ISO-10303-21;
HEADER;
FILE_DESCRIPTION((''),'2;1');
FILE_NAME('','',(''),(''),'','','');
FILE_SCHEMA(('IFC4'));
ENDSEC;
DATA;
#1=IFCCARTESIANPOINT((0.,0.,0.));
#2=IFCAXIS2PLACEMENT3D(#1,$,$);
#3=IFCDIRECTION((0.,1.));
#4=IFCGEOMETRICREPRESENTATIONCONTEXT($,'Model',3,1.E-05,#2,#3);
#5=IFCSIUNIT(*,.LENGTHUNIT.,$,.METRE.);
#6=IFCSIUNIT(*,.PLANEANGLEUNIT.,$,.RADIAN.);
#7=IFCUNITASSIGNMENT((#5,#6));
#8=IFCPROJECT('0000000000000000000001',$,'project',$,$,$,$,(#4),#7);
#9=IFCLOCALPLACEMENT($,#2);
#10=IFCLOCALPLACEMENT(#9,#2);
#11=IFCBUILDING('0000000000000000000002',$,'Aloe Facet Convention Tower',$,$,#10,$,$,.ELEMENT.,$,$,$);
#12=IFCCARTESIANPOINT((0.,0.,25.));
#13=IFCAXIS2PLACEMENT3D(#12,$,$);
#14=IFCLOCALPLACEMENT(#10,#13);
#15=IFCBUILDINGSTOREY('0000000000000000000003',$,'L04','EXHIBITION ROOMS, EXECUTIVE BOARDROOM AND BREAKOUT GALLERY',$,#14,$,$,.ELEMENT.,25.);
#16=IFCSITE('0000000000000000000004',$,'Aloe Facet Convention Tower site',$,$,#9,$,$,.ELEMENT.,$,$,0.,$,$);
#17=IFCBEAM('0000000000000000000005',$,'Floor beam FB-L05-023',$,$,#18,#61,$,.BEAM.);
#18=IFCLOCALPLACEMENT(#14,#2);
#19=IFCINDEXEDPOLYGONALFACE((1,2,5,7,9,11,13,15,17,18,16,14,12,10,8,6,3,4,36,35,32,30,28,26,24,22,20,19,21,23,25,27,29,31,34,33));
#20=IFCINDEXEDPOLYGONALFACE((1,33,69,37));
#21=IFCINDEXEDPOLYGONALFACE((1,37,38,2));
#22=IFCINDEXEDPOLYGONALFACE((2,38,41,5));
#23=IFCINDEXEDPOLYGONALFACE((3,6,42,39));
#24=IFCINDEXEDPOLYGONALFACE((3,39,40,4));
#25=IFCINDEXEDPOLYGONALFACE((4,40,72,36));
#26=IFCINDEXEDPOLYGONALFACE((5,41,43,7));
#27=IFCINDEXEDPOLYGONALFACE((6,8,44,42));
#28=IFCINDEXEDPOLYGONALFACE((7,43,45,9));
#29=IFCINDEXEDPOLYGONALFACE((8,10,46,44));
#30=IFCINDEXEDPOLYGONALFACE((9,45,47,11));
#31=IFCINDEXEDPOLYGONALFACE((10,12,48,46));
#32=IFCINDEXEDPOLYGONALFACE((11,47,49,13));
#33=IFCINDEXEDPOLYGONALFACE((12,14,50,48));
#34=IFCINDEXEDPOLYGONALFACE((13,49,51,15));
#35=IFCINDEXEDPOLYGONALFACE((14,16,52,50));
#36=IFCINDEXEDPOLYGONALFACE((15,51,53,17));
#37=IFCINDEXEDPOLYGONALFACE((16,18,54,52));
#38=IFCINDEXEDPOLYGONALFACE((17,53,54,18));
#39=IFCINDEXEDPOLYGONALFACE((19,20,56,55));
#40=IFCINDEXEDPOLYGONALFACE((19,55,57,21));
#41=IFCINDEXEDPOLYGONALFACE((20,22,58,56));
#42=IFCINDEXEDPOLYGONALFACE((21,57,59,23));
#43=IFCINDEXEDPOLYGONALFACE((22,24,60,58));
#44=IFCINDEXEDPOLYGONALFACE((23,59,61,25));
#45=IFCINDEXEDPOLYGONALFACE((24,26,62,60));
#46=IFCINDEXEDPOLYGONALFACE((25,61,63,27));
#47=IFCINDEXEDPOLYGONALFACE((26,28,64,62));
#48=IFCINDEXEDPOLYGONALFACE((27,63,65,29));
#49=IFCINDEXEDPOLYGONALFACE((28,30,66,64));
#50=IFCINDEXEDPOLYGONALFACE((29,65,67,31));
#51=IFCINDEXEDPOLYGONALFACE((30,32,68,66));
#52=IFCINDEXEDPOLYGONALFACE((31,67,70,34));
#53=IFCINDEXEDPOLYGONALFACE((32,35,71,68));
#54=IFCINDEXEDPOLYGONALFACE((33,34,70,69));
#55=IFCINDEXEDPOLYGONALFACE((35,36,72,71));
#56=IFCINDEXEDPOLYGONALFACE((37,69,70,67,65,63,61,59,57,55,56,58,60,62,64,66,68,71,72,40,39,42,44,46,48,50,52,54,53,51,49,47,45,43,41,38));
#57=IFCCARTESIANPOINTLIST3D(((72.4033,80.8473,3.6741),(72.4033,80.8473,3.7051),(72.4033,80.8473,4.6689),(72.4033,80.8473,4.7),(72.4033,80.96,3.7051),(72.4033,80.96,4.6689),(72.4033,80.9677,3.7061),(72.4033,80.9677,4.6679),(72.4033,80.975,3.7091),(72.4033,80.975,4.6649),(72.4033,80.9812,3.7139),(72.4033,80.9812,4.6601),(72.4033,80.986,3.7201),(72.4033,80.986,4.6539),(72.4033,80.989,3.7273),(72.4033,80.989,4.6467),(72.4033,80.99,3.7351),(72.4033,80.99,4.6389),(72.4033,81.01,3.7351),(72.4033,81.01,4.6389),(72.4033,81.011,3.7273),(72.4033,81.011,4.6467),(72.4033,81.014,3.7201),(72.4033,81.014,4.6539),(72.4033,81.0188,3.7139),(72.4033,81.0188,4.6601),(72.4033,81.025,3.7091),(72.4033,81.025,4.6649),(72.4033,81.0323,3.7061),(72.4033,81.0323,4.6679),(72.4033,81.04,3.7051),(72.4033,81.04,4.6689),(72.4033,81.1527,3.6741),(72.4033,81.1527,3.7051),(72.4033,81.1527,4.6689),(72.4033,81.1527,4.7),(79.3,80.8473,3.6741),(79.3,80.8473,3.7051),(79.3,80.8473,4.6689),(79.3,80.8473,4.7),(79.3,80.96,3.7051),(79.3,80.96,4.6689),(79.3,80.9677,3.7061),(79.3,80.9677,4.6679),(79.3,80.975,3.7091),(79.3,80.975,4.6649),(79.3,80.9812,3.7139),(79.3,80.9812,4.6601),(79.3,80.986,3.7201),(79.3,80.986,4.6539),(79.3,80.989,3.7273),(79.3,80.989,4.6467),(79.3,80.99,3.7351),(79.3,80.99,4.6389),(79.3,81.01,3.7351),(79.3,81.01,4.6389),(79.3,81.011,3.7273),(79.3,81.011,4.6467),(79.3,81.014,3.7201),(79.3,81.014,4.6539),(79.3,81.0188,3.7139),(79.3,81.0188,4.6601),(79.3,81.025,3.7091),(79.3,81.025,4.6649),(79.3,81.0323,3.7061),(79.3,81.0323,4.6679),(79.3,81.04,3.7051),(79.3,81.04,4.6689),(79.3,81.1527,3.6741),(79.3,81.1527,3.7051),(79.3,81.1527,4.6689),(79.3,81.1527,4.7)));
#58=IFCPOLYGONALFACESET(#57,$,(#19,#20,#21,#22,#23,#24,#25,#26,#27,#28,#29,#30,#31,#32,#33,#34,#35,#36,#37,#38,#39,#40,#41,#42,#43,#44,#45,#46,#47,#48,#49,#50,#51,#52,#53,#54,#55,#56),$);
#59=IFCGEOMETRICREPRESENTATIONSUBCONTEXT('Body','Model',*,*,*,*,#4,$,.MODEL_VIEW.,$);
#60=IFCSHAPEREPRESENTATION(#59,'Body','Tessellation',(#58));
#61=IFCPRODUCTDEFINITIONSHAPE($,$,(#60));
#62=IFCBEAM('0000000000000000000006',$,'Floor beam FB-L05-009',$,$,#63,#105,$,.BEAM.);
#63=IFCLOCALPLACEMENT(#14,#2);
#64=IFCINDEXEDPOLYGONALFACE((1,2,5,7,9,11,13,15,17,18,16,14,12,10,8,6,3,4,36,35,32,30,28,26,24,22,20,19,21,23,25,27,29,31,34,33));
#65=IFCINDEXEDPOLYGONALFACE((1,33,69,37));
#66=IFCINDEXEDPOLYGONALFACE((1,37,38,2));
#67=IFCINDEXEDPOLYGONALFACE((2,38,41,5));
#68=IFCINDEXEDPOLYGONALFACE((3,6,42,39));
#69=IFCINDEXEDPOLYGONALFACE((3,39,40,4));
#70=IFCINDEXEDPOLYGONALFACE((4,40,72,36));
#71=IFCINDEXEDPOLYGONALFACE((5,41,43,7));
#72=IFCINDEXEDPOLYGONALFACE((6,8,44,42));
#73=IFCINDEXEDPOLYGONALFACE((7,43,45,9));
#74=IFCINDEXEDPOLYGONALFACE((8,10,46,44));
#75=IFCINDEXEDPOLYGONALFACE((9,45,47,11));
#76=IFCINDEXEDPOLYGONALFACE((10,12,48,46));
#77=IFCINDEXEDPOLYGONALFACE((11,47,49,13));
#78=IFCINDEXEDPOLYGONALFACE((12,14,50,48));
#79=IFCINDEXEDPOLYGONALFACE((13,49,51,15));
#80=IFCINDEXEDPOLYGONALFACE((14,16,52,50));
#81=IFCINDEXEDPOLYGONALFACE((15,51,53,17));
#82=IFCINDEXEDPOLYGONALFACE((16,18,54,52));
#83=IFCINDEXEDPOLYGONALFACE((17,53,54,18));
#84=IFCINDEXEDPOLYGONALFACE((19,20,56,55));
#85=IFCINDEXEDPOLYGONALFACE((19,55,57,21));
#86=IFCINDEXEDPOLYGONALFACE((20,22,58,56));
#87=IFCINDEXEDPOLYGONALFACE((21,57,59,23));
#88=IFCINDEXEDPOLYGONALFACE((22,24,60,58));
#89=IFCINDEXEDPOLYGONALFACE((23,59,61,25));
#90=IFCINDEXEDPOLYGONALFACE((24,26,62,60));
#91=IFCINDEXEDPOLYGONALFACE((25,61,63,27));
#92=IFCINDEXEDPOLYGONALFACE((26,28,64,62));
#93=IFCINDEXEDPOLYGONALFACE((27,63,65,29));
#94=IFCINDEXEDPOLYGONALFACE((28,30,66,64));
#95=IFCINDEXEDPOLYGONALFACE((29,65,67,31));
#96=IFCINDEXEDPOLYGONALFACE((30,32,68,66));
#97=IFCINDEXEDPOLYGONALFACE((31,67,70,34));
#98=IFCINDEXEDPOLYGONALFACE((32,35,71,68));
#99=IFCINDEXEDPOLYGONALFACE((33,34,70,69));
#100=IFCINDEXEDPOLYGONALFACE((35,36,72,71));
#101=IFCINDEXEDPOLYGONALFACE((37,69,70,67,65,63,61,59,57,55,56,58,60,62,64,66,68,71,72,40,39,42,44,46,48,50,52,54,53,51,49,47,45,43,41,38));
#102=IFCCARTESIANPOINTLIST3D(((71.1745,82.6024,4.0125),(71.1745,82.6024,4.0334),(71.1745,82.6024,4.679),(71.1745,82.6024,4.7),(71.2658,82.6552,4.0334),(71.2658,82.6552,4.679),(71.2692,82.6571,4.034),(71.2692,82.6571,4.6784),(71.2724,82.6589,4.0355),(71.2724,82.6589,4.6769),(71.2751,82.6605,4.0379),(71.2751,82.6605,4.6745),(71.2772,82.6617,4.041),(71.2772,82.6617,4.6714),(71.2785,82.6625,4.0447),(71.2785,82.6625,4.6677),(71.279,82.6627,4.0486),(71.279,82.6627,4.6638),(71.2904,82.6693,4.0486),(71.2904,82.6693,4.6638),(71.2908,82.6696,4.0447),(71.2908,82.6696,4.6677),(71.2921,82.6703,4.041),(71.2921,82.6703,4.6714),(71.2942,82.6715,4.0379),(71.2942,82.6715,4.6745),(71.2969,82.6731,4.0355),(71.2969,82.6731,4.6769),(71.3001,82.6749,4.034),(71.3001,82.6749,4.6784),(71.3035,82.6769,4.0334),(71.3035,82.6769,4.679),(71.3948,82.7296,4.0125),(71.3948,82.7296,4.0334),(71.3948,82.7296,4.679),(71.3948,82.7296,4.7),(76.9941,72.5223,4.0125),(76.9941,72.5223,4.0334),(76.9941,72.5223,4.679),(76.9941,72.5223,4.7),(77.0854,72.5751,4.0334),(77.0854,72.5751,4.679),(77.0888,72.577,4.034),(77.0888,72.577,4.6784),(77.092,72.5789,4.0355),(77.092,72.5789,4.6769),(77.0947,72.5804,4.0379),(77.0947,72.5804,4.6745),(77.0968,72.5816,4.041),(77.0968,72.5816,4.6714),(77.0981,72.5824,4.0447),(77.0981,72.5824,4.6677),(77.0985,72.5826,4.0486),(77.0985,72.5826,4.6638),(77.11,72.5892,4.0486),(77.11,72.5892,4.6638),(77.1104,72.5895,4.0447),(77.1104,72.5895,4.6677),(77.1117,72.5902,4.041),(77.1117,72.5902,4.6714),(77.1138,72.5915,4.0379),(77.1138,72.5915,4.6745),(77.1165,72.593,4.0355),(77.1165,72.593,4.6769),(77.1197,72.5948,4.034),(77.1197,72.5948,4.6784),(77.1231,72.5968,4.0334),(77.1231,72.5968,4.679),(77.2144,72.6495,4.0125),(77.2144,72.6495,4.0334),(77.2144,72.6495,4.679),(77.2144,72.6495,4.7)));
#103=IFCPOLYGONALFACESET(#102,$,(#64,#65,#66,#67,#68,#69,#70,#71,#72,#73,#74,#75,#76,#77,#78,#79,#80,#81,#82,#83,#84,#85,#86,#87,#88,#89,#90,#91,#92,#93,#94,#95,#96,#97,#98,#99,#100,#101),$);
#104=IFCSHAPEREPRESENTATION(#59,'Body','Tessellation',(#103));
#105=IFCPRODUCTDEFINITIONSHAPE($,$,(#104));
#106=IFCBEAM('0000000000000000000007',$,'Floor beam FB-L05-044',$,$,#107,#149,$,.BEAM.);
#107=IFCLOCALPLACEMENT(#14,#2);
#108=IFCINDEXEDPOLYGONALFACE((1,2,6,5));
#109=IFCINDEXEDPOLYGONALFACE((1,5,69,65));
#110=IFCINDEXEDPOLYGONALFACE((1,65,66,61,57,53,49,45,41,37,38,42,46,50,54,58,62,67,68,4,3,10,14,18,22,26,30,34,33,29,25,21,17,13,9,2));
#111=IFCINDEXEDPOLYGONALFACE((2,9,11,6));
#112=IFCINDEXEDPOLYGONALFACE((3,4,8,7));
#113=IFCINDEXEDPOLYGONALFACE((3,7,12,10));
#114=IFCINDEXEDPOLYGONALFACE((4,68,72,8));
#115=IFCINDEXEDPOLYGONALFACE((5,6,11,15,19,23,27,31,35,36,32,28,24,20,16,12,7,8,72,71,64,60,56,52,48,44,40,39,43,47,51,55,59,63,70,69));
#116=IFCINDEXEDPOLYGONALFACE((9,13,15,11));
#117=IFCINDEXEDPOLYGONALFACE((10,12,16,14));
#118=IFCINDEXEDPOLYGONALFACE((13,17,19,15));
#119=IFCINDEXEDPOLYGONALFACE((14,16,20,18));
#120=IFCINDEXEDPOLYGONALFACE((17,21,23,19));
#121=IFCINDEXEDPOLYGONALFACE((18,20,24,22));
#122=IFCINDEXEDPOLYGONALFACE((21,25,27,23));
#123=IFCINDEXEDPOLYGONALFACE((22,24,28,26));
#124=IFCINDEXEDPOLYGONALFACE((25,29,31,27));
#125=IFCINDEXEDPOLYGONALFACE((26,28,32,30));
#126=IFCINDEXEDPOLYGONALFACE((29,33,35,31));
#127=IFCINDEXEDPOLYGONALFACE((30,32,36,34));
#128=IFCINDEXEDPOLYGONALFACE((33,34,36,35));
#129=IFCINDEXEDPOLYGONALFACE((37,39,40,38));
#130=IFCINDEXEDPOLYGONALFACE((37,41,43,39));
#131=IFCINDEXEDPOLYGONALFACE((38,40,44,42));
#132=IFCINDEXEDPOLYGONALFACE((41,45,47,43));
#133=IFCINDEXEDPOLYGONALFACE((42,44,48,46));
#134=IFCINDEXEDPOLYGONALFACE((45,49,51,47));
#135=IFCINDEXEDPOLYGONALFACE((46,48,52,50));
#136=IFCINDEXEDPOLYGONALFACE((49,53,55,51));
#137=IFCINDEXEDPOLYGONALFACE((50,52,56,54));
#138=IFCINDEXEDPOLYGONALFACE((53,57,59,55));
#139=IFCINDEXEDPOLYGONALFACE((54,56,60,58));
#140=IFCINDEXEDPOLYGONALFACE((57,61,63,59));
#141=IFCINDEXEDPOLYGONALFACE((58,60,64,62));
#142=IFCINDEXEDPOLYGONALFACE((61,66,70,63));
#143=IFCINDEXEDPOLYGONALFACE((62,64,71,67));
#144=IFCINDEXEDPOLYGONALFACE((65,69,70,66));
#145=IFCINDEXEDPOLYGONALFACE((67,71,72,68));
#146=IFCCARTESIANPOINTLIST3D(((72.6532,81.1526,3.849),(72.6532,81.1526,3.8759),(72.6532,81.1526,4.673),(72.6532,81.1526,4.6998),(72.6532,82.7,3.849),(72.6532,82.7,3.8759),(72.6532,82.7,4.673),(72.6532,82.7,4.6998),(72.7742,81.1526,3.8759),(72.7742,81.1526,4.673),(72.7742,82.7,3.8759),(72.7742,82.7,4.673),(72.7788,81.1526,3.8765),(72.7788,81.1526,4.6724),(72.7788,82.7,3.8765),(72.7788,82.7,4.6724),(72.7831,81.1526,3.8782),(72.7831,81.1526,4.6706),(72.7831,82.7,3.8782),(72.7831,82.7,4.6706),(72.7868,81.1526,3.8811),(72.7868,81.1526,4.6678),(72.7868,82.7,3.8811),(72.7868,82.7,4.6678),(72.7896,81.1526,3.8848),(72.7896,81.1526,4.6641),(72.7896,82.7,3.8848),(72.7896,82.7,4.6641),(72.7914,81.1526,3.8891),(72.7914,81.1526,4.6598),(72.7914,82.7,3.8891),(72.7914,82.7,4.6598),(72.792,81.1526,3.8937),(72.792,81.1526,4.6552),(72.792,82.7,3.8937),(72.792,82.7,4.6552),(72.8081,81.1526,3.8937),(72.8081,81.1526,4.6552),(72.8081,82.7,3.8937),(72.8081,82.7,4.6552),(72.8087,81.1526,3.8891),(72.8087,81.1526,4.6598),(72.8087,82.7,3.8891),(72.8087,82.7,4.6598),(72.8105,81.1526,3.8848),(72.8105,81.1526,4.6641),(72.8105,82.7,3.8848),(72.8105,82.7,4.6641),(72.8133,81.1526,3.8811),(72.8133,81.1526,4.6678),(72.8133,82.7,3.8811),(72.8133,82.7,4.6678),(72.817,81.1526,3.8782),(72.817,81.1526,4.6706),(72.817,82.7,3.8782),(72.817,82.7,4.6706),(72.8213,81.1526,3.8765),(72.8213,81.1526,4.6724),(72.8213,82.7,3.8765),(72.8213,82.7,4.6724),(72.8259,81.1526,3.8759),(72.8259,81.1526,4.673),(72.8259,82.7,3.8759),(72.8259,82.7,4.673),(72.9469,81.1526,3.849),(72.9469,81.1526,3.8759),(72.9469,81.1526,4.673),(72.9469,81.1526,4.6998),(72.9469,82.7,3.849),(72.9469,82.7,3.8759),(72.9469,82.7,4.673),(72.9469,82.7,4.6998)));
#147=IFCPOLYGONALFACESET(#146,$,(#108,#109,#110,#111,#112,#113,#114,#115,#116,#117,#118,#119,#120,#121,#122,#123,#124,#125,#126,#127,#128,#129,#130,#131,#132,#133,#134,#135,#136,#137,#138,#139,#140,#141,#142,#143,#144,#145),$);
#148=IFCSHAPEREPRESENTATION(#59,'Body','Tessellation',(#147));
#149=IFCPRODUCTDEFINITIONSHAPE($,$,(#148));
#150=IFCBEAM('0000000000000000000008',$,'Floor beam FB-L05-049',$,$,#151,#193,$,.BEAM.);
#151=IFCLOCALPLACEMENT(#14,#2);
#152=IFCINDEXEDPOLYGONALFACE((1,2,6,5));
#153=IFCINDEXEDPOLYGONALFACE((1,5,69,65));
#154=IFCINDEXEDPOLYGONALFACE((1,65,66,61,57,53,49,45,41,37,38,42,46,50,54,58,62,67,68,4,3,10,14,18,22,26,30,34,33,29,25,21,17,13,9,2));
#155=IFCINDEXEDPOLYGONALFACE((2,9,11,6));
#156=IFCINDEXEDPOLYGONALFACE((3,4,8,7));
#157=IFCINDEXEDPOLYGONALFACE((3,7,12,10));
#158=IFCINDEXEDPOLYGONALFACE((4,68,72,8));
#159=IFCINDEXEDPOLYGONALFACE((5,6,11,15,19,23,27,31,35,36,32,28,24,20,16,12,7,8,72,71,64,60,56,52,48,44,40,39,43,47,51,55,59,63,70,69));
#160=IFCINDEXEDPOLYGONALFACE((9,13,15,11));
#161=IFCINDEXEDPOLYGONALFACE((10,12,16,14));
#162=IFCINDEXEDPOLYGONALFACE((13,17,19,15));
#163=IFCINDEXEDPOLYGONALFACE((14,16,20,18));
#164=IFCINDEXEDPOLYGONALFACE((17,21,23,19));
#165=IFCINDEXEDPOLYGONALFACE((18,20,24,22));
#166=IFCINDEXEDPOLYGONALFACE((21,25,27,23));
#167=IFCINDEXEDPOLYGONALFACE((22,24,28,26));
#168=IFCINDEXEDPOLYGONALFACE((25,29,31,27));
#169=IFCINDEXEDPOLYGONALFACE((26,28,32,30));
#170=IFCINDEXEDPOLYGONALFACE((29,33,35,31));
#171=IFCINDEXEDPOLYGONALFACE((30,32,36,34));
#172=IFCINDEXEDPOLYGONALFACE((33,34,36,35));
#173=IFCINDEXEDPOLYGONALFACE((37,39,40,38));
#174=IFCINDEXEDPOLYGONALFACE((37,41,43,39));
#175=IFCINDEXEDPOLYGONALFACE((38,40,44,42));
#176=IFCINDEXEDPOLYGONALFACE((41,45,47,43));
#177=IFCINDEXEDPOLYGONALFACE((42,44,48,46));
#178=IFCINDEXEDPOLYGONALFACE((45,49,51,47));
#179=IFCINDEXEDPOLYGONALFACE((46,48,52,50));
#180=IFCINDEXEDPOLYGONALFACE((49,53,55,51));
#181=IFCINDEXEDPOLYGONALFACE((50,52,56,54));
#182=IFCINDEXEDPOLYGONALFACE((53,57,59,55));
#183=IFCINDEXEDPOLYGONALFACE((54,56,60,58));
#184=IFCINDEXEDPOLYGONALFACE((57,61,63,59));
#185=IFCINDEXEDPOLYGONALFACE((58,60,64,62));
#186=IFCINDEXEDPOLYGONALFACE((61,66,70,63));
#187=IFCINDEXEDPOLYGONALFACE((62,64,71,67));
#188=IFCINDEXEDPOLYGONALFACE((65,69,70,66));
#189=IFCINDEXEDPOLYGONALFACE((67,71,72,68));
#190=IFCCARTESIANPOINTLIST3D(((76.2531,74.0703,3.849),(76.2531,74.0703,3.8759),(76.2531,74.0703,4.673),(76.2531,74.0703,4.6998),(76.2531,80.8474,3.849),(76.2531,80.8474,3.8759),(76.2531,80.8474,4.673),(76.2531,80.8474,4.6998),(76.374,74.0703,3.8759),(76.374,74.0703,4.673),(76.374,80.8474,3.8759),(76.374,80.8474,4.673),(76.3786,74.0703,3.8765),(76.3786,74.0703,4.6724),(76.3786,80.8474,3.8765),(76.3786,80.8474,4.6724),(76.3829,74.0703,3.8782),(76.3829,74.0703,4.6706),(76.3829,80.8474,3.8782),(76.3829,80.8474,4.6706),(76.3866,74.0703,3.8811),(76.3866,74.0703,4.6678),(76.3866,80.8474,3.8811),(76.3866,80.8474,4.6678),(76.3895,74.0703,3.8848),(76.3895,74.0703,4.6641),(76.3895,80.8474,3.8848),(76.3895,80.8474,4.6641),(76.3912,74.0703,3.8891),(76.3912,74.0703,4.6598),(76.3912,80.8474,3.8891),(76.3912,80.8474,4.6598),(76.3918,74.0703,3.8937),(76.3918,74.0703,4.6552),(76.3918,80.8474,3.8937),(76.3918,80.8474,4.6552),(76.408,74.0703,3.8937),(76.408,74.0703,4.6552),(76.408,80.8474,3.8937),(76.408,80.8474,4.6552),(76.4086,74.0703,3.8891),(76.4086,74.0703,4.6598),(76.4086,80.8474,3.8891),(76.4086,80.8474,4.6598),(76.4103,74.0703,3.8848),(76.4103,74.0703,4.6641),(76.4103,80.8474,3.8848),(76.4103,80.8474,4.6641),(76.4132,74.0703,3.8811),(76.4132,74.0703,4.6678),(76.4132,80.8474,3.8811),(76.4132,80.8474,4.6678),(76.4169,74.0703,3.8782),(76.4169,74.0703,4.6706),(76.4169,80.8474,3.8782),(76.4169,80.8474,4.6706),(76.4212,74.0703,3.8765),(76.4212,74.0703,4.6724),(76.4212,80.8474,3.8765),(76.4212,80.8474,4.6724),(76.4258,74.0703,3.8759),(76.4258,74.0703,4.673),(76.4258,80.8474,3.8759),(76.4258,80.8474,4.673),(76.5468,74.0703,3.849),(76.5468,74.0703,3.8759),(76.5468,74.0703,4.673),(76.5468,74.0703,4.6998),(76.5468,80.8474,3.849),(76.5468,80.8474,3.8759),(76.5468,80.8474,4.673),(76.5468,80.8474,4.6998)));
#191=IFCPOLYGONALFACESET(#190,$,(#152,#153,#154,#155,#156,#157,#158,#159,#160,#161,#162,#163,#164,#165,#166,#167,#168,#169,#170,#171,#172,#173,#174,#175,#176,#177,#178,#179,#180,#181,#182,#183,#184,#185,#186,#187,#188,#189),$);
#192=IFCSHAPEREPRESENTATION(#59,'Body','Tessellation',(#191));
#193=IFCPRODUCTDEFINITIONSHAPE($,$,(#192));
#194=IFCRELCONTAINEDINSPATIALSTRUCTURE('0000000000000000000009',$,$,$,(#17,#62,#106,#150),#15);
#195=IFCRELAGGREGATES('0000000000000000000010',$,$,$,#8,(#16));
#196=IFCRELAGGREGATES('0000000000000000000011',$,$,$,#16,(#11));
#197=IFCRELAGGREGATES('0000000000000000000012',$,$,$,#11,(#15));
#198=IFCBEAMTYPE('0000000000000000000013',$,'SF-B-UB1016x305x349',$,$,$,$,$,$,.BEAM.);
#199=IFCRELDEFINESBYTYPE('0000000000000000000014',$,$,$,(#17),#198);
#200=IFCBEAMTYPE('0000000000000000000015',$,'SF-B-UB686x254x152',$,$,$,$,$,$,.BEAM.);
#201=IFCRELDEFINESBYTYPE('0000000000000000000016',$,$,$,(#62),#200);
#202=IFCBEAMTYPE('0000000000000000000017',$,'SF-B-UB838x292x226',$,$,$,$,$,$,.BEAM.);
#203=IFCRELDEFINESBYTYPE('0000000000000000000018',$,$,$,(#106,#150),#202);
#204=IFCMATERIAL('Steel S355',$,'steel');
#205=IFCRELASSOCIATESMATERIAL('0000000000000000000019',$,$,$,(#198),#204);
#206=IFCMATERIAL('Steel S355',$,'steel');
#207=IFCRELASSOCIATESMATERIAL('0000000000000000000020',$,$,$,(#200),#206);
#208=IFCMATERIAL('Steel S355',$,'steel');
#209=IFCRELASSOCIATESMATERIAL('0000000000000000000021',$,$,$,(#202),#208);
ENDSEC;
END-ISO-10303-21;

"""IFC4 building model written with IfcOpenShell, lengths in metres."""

from ifc_helpers import new_model, si_unit, direction, frame, origin, origin_2d, place, context, subcontext, project, spatial, i_section, extrude, material, material_profile, profile_set, type_object, element, save


model = new_model("IFC4")

# Units and contexts
model_context = context("Model", 3, precision=1e-05, world=origin(), true_north=direction((0.0, 1.0)))
body_context = subcontext(model_context, "Body", "Model", "MODEL_VIEW")
ifc_project = project(units=[si_unit("LENGTHUNIT", "METRE"), si_unit("PLANEANGLEUNIT", "RADIAN")], contexts=[model_context])

# Site, building, storey
site_placement = place(None, origin())
site = spatial("IfcSite", under=ifc_project, at=site_placement, Name="Aloe Facet Convention Tower site", CompositionType="ELEMENT", RefElevation=0.0)
building_placement = place(site_placement, origin())
building = spatial("IfcBuilding", under=site, at=building_placement, Name="Aloe Facet Convention Tower", CompositionType="ELEMENT")
storey_placement = place(building_placement, frame((0.0, 0.0, 25.0)))
storey = spatial("IfcBuildingStorey", under=building, at=storey_placement, Name="L04", Description="EXHIBITION ROOMS, EXECUTIVE BOARDROOM AND BREAKOUT GALLERY", CompositionType="ELEMENT", Elevation=25.0)

# Beams
ifc_material_1 = material(Name="Steel S355", Category="steel")
ifc_material_profile_1 = material_profile(ifc_material_1, i_section(OverallWidth=0.3054, OverallDepth=1.0259, WebThickness=0.02, FlangeThickness=0.031, FilletRadius=0.03, at=origin_2d()), Name="UB 1016x305x349")
ifc_profile_set_1 = profile_set([ifc_material_profile_1], Name="Steel S355")
beam_type_1 = type_object("IfcBeamType", Name="SF-B-UB1016x305x349", PredefinedType="BEAM", material=ifc_profile_set_1)
beam_1_placement = place(storey_placement, frame((72.4033, 81.0, 4.187), z_axis=(1.0, 0.0, 0.0), x_axis=(0.0, 1.0, 0.0)))
element("IfcBeam", 1, at=beam_1_placement, inside=storey, type_object=beam_type_1, Name="Floor beam FB-L05-023", PredefinedType="BEAM", context=body_context, shape_type="SweptSolid", body=[
    extrude(i_section(OverallWidth=0.3054, OverallDepth=1.0259, WebThickness=0.02, FlangeThickness=0.031, FilletRadius=0.03, at=origin_2d()), origin(), (0.0, 0.0, 1.0), 6.8967),
])
ifc_material_2 = material(Name="Steel S355", Category="steel")
ifc_material_profile_2 = material_profile(ifc_material_2, i_section(OverallWidth=0.2544, OverallDepth=0.6875, WebThickness=0.0132, FlangeThickness=0.021, FilletRadius=0.0151, at=origin_2d()), Name="UB 686x254x152")
ifc_profile_set_2 = profile_set([ifc_material_profile_2], Name="Steel S355")
beam_type_2 = type_object("IfcBeamType", Name="SF-B-UB686x254x152", PredefinedType="BEAM", material=ifc_profile_set_2)
beam_2_placement = place(storey_placement, frame((77.1042, 72.5859, 4.3562), z_axis=(-0.49999, 0.866031, 0.0), x_axis=(-0.866031, -0.49999, 0.0)))
element("IfcBeam", 2, at=beam_2_placement, inside=storey, type_object=beam_type_2, Name="Floor beam FB-L05-009", PredefinedType="BEAM", context=body_context, shape_type="SweptSolid", body=[
    extrude(i_section(OverallWidth=0.2544, OverallDepth=0.6875, WebThickness=0.0132, FlangeThickness=0.021, FilletRadius=0.0151, at=origin_2d()), origin(), (0.0, 0.0, 1.0), 11.6394),
])
ifc_material_3 = material(Name="Steel S355", Category="steel")
ifc_material_profile_3 = material_profile(ifc_material_3, i_section(OverallWidth=0.2937, OverallDepth=0.8508, WebThickness=0.0161, FlangeThickness=0.0269, FilletRadius=0.0178, at=origin_2d()), Name="UB 838x292x226")
ifc_profile_set_3 = profile_set([ifc_material_profile_3], Name="Steel S355")
beam_type_3 = type_object("IfcBeamType", Name="SF-B-UB838x292x226", PredefinedType="BEAM", material=ifc_profile_set_3)
beam_3_placement = place(storey_placement, frame((72.8, 81.1526, 4.2744), z_axis=(0.0, 1.0, 0.0), x_axis=(-1.0, 0.0, 0.0)))
element("IfcBeam", 3, at=beam_3_placement, inside=storey, type_object=beam_type_3, Name="Floor beam FB-L05-044", PredefinedType="BEAM", context=body_context, shape_type="SweptSolid", body=[
    extrude(i_section(OverallWidth=0.2937, OverallDepth=0.8508, WebThickness=0.0161, FlangeThickness=0.0269, FilletRadius=0.0178, at=origin_2d()), origin(), (0.0, 0.0, 1.0), 1.5474),
])
beam_4_placement = place(storey_placement, frame((76.3999, 74.0703, 4.2744), z_axis=(0.0, 1.0, 0.0), x_axis=(-1.0, 0.0, 0.0)))
element("IfcBeam", 4, at=beam_4_placement, inside=storey, type_object=beam_type_3, Name="Floor beam FB-L05-049", PredefinedType="BEAM", context=body_context, shape_type="SweptSolid", body=[
    extrude(i_section(OverallWidth=0.2937, OverallDepth=0.8508, WebThickness=0.0161, FlangeThickness=0.0269, FilletRadius=0.0178, at=origin_2d()), origin(), (0.0, 0.0, 1.0), 6.7771),
])

save(model, "model.ifc")
